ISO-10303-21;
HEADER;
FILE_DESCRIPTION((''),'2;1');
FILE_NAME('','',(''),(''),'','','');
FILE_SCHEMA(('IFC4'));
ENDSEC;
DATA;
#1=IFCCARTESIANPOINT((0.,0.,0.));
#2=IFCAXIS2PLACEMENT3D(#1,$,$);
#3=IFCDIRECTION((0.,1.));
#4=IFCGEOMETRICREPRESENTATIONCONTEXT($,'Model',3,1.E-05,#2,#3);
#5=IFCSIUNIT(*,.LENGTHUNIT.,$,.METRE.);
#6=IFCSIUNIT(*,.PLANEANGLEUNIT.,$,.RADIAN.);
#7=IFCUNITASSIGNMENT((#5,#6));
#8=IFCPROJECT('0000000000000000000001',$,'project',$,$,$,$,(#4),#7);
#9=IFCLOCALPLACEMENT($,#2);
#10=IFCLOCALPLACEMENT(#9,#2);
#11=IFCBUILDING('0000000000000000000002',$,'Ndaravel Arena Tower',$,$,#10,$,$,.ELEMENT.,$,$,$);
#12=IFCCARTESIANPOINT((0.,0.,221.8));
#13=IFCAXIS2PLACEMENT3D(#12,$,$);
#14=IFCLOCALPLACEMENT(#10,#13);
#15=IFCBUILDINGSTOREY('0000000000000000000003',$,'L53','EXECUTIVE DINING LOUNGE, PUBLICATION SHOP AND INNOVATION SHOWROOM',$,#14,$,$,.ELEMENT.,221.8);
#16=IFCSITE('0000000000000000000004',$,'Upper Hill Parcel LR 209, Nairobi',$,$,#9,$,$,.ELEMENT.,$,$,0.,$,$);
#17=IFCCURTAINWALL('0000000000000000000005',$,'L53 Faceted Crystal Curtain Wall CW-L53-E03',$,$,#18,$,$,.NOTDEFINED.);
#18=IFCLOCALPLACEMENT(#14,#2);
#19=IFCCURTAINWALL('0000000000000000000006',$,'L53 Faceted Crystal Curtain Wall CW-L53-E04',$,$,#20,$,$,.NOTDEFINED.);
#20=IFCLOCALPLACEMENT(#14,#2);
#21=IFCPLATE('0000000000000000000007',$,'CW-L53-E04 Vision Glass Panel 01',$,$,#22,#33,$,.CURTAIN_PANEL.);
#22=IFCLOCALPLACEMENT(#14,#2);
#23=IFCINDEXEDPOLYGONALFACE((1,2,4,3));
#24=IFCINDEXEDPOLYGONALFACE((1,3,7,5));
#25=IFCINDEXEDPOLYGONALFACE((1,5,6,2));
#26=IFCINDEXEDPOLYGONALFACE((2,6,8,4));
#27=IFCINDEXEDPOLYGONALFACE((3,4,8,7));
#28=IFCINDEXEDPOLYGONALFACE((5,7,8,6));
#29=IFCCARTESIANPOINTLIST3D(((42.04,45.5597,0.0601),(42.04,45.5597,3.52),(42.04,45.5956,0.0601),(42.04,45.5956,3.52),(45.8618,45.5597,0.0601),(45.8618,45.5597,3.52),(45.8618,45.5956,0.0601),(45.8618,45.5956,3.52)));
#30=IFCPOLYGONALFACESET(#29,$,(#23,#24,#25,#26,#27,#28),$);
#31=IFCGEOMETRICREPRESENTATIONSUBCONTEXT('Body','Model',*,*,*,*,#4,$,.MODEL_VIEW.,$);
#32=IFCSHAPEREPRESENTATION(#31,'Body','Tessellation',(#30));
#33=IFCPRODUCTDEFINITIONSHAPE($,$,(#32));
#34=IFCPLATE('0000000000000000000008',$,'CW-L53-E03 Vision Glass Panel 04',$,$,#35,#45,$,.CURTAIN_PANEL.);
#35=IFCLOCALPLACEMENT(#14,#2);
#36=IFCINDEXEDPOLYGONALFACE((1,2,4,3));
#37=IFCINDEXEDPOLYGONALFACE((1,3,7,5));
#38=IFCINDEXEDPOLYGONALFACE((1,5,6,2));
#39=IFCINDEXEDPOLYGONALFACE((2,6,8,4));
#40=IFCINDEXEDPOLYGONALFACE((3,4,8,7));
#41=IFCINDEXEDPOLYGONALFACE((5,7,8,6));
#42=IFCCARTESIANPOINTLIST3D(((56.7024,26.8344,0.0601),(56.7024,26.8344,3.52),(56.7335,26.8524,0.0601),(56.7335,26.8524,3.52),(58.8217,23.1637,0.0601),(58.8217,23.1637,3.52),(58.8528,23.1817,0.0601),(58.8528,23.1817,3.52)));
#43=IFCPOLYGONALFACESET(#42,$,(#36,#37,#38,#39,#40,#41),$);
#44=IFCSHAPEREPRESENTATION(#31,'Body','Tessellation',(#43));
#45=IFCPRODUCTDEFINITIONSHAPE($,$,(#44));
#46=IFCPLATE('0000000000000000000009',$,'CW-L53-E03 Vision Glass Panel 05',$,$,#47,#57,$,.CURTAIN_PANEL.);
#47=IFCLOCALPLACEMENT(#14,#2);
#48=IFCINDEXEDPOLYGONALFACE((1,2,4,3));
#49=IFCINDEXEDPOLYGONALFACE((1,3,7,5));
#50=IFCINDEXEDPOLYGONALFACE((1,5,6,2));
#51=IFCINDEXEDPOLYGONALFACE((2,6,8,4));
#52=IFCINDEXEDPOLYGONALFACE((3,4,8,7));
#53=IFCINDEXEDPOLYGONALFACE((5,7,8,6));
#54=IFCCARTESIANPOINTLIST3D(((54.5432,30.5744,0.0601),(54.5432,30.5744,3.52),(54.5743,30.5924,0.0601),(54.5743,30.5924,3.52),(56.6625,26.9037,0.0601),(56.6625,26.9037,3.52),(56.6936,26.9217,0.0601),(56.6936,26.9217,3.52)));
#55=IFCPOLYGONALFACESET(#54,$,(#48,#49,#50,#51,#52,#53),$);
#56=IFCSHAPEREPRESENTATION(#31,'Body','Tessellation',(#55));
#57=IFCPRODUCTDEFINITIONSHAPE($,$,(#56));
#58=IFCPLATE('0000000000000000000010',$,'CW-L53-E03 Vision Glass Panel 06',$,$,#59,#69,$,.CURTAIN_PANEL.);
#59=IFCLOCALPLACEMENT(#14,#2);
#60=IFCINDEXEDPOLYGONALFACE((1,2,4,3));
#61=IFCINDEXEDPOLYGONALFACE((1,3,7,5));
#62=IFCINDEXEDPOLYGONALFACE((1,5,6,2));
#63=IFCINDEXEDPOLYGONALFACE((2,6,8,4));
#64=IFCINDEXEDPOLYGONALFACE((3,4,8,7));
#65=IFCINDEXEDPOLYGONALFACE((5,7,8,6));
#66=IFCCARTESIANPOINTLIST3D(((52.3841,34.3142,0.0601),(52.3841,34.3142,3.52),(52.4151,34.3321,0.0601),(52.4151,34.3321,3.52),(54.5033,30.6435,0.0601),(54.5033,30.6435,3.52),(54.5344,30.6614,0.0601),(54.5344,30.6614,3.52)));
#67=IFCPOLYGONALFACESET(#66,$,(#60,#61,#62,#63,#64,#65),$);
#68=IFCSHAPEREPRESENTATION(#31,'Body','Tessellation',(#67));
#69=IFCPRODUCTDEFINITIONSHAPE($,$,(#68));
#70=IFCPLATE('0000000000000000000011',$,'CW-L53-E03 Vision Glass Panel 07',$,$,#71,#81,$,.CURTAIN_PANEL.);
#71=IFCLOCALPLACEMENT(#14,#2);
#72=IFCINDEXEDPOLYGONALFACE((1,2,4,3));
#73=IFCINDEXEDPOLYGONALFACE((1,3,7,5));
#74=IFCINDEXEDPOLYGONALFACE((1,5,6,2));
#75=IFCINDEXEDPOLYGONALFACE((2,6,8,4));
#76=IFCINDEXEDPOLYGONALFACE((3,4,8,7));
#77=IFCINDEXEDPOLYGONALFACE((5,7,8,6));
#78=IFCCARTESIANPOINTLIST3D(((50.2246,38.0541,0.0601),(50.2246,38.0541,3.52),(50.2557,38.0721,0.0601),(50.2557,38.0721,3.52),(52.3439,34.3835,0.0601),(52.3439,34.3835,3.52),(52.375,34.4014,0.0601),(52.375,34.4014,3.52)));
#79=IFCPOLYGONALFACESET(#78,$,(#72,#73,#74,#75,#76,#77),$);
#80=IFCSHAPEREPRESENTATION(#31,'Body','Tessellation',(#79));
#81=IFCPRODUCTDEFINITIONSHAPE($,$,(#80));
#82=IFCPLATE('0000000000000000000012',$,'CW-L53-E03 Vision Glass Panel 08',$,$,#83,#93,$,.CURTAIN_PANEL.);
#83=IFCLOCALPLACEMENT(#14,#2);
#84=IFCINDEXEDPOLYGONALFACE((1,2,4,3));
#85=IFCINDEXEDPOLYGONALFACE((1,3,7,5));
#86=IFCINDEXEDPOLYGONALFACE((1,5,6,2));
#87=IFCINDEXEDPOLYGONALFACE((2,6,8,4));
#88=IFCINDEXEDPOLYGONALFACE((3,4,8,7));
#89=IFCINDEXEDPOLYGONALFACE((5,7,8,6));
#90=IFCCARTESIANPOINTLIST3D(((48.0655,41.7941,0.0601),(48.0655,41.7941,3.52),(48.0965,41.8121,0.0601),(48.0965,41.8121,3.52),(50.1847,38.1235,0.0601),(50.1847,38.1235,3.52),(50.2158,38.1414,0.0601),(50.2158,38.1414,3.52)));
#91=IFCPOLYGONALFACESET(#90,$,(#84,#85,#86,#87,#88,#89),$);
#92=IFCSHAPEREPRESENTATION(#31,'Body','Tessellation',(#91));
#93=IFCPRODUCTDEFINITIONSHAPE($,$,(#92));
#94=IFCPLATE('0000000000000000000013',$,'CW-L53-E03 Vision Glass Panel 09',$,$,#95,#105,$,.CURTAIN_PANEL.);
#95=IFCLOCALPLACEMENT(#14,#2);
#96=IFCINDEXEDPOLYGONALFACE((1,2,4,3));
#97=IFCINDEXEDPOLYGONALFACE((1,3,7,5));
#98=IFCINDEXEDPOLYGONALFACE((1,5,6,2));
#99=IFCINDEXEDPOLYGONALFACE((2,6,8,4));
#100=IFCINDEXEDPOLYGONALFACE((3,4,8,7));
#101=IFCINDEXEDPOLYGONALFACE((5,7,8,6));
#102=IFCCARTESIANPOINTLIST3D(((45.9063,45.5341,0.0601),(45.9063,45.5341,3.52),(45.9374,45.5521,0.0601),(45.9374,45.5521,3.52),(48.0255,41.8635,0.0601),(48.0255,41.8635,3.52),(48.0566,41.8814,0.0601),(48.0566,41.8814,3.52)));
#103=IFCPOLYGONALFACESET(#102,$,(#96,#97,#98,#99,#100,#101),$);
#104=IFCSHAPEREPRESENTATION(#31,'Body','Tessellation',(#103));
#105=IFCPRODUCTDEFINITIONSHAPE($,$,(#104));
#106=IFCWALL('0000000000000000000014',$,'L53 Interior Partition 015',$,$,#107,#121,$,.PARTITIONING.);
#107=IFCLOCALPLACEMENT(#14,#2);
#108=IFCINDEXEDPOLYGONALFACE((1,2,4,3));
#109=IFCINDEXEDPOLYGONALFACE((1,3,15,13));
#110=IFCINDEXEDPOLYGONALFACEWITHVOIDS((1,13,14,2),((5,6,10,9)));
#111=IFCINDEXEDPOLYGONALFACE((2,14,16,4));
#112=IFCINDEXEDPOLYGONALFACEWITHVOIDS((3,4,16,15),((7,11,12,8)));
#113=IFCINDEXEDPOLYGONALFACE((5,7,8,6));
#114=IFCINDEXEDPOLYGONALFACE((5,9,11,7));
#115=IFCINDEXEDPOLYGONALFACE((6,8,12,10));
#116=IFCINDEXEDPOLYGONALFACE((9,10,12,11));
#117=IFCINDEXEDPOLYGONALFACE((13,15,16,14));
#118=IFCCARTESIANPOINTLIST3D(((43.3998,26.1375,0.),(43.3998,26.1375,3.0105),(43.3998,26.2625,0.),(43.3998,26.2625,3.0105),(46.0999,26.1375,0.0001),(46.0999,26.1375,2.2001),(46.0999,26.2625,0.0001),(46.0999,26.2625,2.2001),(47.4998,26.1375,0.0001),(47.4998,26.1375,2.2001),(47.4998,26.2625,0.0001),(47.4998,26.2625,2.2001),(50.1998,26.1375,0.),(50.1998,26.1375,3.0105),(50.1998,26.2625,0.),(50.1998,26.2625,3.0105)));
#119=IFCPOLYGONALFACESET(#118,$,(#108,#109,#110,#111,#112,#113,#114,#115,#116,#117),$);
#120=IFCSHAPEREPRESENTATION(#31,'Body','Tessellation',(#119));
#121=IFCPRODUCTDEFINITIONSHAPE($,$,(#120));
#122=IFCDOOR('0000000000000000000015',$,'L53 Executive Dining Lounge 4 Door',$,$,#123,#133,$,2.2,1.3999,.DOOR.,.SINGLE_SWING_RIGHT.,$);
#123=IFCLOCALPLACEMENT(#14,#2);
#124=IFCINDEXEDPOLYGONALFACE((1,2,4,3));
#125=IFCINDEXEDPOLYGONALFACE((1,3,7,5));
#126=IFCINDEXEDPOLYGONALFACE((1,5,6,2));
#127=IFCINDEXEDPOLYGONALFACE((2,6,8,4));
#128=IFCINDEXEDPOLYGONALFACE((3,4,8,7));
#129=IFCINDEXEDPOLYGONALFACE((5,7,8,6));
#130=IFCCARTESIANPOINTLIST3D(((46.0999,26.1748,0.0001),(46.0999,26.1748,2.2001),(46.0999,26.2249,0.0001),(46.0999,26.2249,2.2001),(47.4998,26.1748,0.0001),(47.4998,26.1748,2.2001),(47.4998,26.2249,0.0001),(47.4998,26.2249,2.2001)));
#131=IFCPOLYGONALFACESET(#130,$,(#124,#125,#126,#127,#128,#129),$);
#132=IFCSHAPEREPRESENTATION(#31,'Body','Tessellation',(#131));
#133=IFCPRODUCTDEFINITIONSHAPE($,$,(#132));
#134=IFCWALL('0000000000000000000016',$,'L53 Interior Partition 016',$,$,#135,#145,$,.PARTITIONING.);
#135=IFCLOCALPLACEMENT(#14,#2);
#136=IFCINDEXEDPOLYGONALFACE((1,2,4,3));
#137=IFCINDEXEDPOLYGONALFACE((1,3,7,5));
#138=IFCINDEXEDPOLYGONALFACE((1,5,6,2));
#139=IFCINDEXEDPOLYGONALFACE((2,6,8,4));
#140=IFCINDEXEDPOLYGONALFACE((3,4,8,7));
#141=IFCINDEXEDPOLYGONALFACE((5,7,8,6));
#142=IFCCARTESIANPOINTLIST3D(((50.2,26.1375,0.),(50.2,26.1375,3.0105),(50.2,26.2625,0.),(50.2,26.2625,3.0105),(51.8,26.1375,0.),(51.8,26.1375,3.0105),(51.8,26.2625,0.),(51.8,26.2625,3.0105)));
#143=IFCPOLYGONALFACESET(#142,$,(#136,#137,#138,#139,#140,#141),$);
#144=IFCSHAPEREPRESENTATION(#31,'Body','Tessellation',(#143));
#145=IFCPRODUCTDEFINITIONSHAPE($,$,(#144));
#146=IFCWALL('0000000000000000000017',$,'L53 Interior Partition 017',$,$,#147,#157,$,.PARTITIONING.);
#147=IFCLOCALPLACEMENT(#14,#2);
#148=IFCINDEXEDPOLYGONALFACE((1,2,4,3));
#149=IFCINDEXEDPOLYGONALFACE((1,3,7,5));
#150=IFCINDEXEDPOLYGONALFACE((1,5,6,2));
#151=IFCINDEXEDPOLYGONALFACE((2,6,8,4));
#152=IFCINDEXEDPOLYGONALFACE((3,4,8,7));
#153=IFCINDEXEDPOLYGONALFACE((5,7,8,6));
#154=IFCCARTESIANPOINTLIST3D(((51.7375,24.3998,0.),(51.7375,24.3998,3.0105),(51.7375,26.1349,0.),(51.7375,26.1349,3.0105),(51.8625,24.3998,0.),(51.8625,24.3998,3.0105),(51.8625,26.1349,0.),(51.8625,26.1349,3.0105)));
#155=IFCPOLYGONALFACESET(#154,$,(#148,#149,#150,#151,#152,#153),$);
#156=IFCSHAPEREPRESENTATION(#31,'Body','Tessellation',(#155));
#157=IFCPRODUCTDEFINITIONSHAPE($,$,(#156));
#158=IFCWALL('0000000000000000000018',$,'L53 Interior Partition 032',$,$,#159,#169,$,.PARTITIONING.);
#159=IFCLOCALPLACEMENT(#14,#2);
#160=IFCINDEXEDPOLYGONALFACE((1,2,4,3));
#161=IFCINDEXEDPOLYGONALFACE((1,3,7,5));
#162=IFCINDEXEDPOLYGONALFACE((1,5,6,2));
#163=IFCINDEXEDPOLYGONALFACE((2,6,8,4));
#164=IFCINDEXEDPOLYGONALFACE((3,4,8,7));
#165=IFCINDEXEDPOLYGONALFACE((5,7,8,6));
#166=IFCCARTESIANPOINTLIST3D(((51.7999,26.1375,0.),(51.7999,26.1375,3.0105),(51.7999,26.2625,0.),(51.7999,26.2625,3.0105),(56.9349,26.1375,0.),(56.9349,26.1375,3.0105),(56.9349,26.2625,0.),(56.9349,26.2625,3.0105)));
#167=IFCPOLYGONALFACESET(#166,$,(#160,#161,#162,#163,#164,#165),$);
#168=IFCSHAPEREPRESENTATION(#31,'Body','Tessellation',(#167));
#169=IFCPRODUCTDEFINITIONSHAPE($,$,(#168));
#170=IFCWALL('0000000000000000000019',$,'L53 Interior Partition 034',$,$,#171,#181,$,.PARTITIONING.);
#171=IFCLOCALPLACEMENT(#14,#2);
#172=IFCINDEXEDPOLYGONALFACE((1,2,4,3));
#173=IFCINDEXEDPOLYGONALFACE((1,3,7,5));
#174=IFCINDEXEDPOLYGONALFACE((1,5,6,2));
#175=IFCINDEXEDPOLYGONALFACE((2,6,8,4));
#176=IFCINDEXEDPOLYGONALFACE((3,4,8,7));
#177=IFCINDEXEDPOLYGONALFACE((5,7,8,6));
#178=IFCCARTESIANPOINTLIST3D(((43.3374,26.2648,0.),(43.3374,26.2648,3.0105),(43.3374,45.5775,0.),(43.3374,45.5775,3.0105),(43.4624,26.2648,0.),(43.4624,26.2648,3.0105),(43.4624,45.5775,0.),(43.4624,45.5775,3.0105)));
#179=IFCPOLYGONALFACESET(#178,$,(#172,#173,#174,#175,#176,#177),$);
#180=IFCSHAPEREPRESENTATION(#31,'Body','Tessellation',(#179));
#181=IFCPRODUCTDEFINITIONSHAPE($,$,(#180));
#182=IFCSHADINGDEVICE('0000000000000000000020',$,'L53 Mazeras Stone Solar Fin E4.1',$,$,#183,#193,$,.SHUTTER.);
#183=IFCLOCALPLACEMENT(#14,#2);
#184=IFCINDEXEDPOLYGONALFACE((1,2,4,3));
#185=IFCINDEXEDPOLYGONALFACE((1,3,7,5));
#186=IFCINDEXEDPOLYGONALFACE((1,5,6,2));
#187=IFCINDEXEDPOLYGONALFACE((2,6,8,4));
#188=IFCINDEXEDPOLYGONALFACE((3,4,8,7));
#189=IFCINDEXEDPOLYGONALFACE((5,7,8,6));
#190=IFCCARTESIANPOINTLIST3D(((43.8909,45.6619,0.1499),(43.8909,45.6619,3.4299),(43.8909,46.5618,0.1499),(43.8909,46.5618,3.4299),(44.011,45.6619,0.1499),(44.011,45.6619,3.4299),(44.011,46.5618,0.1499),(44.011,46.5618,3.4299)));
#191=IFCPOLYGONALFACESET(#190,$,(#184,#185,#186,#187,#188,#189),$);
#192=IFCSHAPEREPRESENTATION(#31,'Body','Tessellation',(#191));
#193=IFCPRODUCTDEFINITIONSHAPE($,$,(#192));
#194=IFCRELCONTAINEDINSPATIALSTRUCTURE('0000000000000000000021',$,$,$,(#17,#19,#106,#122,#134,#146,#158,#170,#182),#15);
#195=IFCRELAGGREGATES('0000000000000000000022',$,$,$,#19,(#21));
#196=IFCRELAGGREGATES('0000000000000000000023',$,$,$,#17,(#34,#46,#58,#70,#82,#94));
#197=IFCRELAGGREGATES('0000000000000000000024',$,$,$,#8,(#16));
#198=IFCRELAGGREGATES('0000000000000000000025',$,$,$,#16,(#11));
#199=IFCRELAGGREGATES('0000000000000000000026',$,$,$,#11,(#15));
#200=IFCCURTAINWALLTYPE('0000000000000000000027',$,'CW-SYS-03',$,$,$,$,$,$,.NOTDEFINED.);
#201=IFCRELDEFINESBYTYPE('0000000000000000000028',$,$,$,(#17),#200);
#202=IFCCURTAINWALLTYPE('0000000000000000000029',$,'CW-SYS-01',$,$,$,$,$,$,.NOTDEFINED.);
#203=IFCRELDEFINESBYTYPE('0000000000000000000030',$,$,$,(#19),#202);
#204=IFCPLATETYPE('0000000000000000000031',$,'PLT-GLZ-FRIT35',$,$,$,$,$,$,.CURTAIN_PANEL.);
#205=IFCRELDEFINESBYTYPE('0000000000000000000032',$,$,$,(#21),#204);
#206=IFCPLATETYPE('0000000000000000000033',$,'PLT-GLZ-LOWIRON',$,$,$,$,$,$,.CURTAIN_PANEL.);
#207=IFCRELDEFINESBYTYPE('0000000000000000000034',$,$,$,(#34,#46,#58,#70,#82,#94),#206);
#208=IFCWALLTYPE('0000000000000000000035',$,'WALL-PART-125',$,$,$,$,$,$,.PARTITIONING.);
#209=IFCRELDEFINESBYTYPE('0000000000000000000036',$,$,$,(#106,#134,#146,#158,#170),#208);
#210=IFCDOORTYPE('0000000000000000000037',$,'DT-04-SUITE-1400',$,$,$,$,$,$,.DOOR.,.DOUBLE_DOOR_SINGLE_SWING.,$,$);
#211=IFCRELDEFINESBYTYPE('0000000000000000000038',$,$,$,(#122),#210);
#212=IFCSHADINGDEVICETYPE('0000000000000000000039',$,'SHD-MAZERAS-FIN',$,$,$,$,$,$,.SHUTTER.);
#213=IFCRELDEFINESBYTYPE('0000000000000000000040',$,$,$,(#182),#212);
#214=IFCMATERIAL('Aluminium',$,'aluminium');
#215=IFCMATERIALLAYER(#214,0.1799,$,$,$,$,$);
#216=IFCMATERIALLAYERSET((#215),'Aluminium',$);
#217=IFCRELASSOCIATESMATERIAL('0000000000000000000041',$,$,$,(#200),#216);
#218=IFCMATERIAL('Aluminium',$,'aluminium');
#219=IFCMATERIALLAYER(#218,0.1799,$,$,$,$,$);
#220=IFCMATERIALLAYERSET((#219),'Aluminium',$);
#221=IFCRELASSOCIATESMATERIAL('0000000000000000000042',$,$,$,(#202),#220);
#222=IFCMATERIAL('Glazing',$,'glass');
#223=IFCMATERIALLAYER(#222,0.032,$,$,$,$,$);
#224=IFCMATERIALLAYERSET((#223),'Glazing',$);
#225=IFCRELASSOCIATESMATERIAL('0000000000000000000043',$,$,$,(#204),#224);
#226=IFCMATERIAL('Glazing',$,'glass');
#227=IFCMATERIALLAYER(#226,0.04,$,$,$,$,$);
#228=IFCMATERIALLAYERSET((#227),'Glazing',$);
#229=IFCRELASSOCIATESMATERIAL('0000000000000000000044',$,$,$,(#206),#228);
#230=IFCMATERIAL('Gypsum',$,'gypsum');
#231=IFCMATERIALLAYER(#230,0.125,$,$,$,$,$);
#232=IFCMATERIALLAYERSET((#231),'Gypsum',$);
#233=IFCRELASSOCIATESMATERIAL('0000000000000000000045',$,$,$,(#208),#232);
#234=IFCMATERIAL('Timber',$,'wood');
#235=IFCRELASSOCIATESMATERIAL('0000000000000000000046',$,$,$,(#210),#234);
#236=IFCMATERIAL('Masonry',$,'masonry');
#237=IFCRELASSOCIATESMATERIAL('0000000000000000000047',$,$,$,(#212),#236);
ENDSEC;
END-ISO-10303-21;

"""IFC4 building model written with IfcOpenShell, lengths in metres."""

from ifc_helpers import new_model, si_unit, direction, frame, frame_2d, origin, origin_2d, place, context, subcontext, project, spatial, rectangle, extrude, material, layer, layer_set, type_object, element, fill, aggregate, save


model = new_model("IFC4")

# Units and contexts
model_context = context("Model", 3, precision=1e-05, world=origin(), true_north=direction((0.0, 1.0)))
body_context = subcontext(model_context, "Body", "Model", "MODEL_VIEW")
ifc_project = project(units=[si_unit("LENGTHUNIT", "METRE"), si_unit("PLANEANGLEUNIT", "RADIAN")], contexts=[model_context])

# Site, building, storey
site_placement = place(None, origin())
site = spatial("IfcSite", under=ifc_project, at=site_placement, Name="Upper Hill Parcel LR 209, Nairobi", CompositionType="ELEMENT", RefElevation=0.0)
building_placement = place(site_placement, origin())
building = spatial("IfcBuilding", under=site, at=building_placement, Name="Ndaravel Arena Tower", CompositionType="ELEMENT")
storey_placement = place(building_placement, frame((0.0, 0.0, 221.8)))
storey = spatial("IfcBuildingStorey", under=building, at=storey_placement, Name="L53", Description="EXECUTIVE DINING LOUNGE, PUBLICATION SHOP AND INNOVATION SHOWROOM", CompositionType="ELEMENT", Elevation=221.8)

# Curtain wall
ifc_material_1 = material(Name="Aluminium", Category="aluminium")
ifc_layer_1 = layer(ifc_material_1, 0.1799)
ifc_layer_set_1 = layer_set([ifc_layer_1], Name="Aluminium")
curtain_wall_type_1 = type_object("IfcCurtainWallType", Name="CW-SYS-03", PredefinedType="NOTDEFINED", material=ifc_layer_set_1)
curtain_wall_1_placement = place(storey_placement, origin())
curtain_wall_1 = element("IfcCurtainWall", 1, at=curtain_wall_1_placement, inside=storey, type_object=curtain_wall_type_1, Name="L53 Faceted Crystal Curtain Wall CW-L53-E03", PredefinedType="NOTDEFINED")

# Curtain wall, plate
ifc_material_2 = material(Name="Aluminium", Category="aluminium")
ifc_layer_2 = layer(ifc_material_2, 0.1799)
ifc_layer_set_2 = layer_set([ifc_layer_2], Name="Aluminium")
curtain_wall_type_2 = type_object("IfcCurtainWallType", Name="CW-SYS-01", PredefinedType="NOTDEFINED", material=ifc_layer_set_2)
curtain_wall_2_placement = place(storey_placement, origin())
curtain_wall_2 = element("IfcCurtainWall", 2, at=curtain_wall_2_placement, inside=storey, type_object=curtain_wall_type_2, Name="L53 Faceted Crystal Curtain Wall CW-L53-E04", PredefinedType="NOTDEFINED")
ifc_material_3 = material(Name="Glazing", Category="glass")
ifc_layer_3 = layer(ifc_material_3, 0.032)
ifc_layer_set_3 = layer_set([ifc_layer_3], Name="Glazing")
plate_type_1 = type_object("IfcPlateType", Name="PLT-GLZ-FRIT35", PredefinedType="CURTAIN_PANEL", material=ifc_layer_set_3)
plate_1_placement = place(storey_placement, frame((43.9509, 45.5776, 0.0601), z_axis=(0.0, 0.0, 1.0), x_axis=(-1.0, 0.0, 0.0)))
plate_1 = element("IfcPlate", 3, at=plate_1_placement, type_object=plate_type_1, Name="CW-L53-E04 Vision Glass Panel 01", PredefinedType="CURTAIN_PANEL", context=body_context, shape_type="SweptSolid", body=[
    extrude(rectangle(XDim=3.8218, YDim=0.0359, at=origin_2d()), origin(), (0.0, 0.0, 1.0), 3.46),
])
aggregate(curtain_wall_2, [plate_1])

# Plates
ifc_material_4 = material(Name="Glazing", Category="glass")
ifc_layer_4 = layer(ifc_material_4, 0.04)
ifc_layer_set_4 = layer_set([ifc_layer_4], Name="Glazing")
plate_type_2 = type_object("IfcPlateType", Name="PLT-GLZ-LOWIRON", PredefinedType="CURTAIN_PANEL", material=ifc_layer_set_4)
plate_2_placement = place(storey_placement, frame((57.7776, 25.0081, 0.0601), z_axis=(0.0, 0.0, 1.0), x_axis=(-0.5, 0.866025, 0.0)))
plate_2 = element("IfcPlate", 4, at=plate_2_placement, type_object=plate_type_2, Name="CW-L53-E03 Vision Glass Panel 04", PredefinedType="CURTAIN_PANEL", context=body_context, shape_type="SweptSolid", body=[
    extrude(rectangle(XDim=4.2385, YDim=0.0359, at=origin_2d()), origin(), (0.0, 0.0, 1.0), 3.46),
])
plate_3_placement = place(storey_placement, frame((55.6184, 28.748, 0.0601), z_axis=(0.0, 0.0, 1.0), x_axis=(-0.5, 0.866025, 0.0)))
plate_3 = element("IfcPlate", 5, at=plate_3_placement, type_object=plate_type_2, Name="CW-L53-E03 Vision Glass Panel 05", PredefinedType="CURTAIN_PANEL", context=body_context, shape_type="SweptSolid", body=[
    extrude(rectangle(XDim=4.2385, YDim=0.0359, at=origin_2d()), origin(), (0.0, 0.0, 1.0), 3.46),
])
plate_4_placement = place(storey_placement, frame((53.4592, 32.4878, 0.0601), z_axis=(0.0, 0.0, 1.0), x_axis=(-0.5, 0.866025, 0.0)))
plate_4 = element("IfcPlate", 6, at=plate_4_placement, type_object=plate_type_2, Name="CW-L53-E03 Vision Glass Panel 06", PredefinedType="CURTAIN_PANEL", context=body_context, shape_type="SweptSolid", body=[
    extrude(rectangle(XDim=4.2385, YDim=0.0359, at=origin_2d()), origin(), (0.0, 0.0, 1.0), 3.46),
])
plate_5_placement = place(storey_placement, frame((51.2998, 36.2278, 0.0601), z_axis=(0.0, 0.0, 1.0), x_axis=(-0.5, 0.866025, 0.0)))
plate_5 = element("IfcPlate", 7, at=plate_5_placement, type_object=plate_type_2, Name="CW-L53-E03 Vision Glass Panel 07", PredefinedType="CURTAIN_PANEL", context=body_context, shape_type="SweptSolid", body=[
    extrude(rectangle(XDim=4.2385, YDim=0.0359, at=origin_2d()), origin(), (0.0, 0.0, 1.0), 3.46),
])
plate_6_placement = place(storey_placement, frame((49.1406, 39.9678, 0.0601), z_axis=(0.0, 0.0, 1.0), x_axis=(-0.5, 0.866025, 0.0)))
plate_6 = element("IfcPlate", 8, at=plate_6_placement, type_object=plate_type_2, Name="CW-L53-E03 Vision Glass Panel 08", PredefinedType="CURTAIN_PANEL", context=body_context, shape_type="SweptSolid", body=[
    extrude(rectangle(XDim=4.2385, YDim=0.0359, at=origin_2d()), origin(), (0.0, 0.0, 1.0), 3.46),
])
plate_7_placement = place(storey_placement, frame((46.9814, 43.7078, 0.0601), z_axis=(0.0, 0.0, 1.0), x_axis=(-0.5, 0.866025, 0.0)))
plate_7 = element("IfcPlate", 9, at=plate_7_placement, type_object=plate_type_2, Name="CW-L53-E03 Vision Glass Panel 09", PredefinedType="CURTAIN_PANEL", context=body_context, shape_type="SweptSolid", body=[
    extrude(rectangle(XDim=4.2385, YDim=0.0359, at=origin_2d()), origin(), (0.0, 0.0, 1.0), 3.46),
])
aggregate(curtain_wall_1, [plate_2, plate_3, plate_4, plate_5, plate_6, plate_7])

# Wall, opening, door
ifc_material_5 = material(Name="Gypsum", Category="gypsum")
ifc_layer_5 = layer(ifc_material_5, 0.125)
ifc_layer_set_5 = layer_set([ifc_layer_5], Name="Gypsum")
wall_type = type_object("IfcWallType", Name="WALL-PART-125", PredefinedType="PARTITIONING", material=ifc_layer_set_5)
wall_1_placement = place(storey_placement, frame((43.3999, 26.2, 0.0), z_axis=(0.0, 0.0, 1.0), x_axis=(1.0, 0.0, 0.0)))
wall_1 = element("IfcWall", 10, at=wall_1_placement, inside=storey, type_object=wall_type, Name="L53 Interior Partition 015", PredefinedType="PARTITIONING", context=body_context, shape_type="SweptSolid", body=[
    extrude(rectangle(XDim=6.8, YDim=0.125, at=frame_2d((3.3999, 0.0))), origin(), (0.0, 0.0, 1.0), 3.0105),
])
opening_placement = place(wall_1_placement, frame((2.7, 0.0, 0.0)))
opening = element("IfcOpeningElement", 11, at=opening_placement, cuts=wall_1, PredefinedType="OPENING", context=body_context, shape_type="SweptSolid", body=[
    extrude(rectangle(XDim=1.3999, YDim=2.2, at=frame_2d((0.7, 1.1001))), frame((0.0, 0.0625, 0.0), z_axis=(0.0, -1.0, 0.0), x_axis=(1.0, 0.0, 0.0)), (0.0, 0.0, 1.0), 0.125),
])
ifc_material_6 = material(Name="Timber", Category="wood")
door_type = type_object("IfcDoorType", Name="DT-04-SUITE-1400", OperationType="DOUBLE_DOOR_SINGLE_SWING", PredefinedType="DOOR", material=ifc_material_6)
door_placement = place(opening_placement, origin())
door = element("IfcDoor", 12, at=door_placement, inside=storey, type_object=door_type, Name="L53 Executive Dining Lounge 4 Door", OperationType="SINGLE_SWING_RIGHT", OverallHeight=2.2, OverallWidth=1.3999, PredefinedType="DOOR", context=body_context, shape_type="SweptSolid", body=[
    extrude(rectangle(XDim=1.3999, YDim=2.2, at=frame_2d((0.7, 1.1001))), frame((0.0, 0.0249, 0.0), z_axis=(0.0, -1.0, 0.0), x_axis=(1.0, 0.0, 0.0)), (0.0, 0.0, 1.0), 0.05),
])
fill(opening, door)

# Walls
wall_2_placement = place(storey_placement, frame((50.2, 26.2, 0.0), z_axis=(0.0, 0.0, 1.0), x_axis=(1.0, 0.0, 0.0)))
element("IfcWall", 13, at=wall_2_placement, inside=storey, type_object=wall_type, Name="L53 Interior Partition 016", PredefinedType="PARTITIONING", context=body_context, shape_type="SweptSolid", body=[
    extrude(rectangle(XDim=1.6001, YDim=0.125, at=frame_2d((0.8, 0.0))), origin(), (0.0, 0.0, 1.0), 3.0105),
])
wall_3_placement = place(storey_placement, frame((51.8, 26.135, 0.0), z_axis=(0.0, 0.0, 1.0), x_axis=(0.0, -1.0, 0.0)))
element("IfcWall", 14, at=wall_3_placement, inside=storey, type_object=wall_type, Name="L53 Interior Partition 017", PredefinedType="PARTITIONING", context=body_context, shape_type="SweptSolid", body=[
    extrude(rectangle(XDim=1.7351, YDim=0.125, at=frame_2d((0.8677, 0.0))), origin(), (0.0, 0.0, 1.0), 3.0105),
])
wall_4_placement = place(storey_placement, frame((51.8, 26.2, 0.0), z_axis=(0.0, 0.0, 1.0), x_axis=(1.0, 0.0, 0.0)))
element("IfcWall", 15, at=wall_4_placement, inside=storey, type_object=wall_type, Name="L53 Interior Partition 032", PredefinedType="PARTITIONING", context=body_context, shape_type="SweptSolid", body=[
    extrude(rectangle(XDim=5.135, YDim=0.125, at=frame_2d((2.5674, 0.0))), origin(), (0.0, 0.0, 1.0), 3.0105),
])
wall_5_placement = place(storey_placement, frame((43.3999, 26.2649, 0.0), z_axis=(0.0, 0.0, 1.0), x_axis=(0.0, 1.0, 0.0)))
element("IfcWall", 16, at=wall_5_placement, inside=storey, type_object=wall_type, Name="L53 Interior Partition 034", PredefinedType="PARTITIONING", context=body_context, shape_type="SweptSolid", body=[
    extrude(rectangle(XDim=19.3127, YDim=0.125, at=frame_2d((9.6562, 0.0))), origin(), (0.0, 0.0, 1.0), 3.0105),
])

# Shading device
ifc_material_7 = material(Name="Masonry", Category="masonry")
shading_device_type = type_object("IfcShadingDeviceType", Name="SHD-MAZERAS-FIN", PredefinedType="SHUTTER", material=ifc_material_7)
shading_device_placement = place(storey_placement, frame((43.9509, 46.1118, 0.1499), z_axis=(0.0, 0.0, 1.0), x_axis=(0.0, 1.0, 0.0)))
element("IfcShadingDevice", 17, at=shading_device_placement, inside=storey, type_object=shading_device_type, Name="L53 Mazeras Stone Solar Fin E4.1", PredefinedType="SHUTTER", context=body_context, shape_type="SweptSolid", body=[
    extrude(rectangle(XDim=0.8999, YDim=0.1201, at=origin_2d()), origin(), (0.0, 0.0, 1.0), 3.28),
])

save(model, "model.ifc")
